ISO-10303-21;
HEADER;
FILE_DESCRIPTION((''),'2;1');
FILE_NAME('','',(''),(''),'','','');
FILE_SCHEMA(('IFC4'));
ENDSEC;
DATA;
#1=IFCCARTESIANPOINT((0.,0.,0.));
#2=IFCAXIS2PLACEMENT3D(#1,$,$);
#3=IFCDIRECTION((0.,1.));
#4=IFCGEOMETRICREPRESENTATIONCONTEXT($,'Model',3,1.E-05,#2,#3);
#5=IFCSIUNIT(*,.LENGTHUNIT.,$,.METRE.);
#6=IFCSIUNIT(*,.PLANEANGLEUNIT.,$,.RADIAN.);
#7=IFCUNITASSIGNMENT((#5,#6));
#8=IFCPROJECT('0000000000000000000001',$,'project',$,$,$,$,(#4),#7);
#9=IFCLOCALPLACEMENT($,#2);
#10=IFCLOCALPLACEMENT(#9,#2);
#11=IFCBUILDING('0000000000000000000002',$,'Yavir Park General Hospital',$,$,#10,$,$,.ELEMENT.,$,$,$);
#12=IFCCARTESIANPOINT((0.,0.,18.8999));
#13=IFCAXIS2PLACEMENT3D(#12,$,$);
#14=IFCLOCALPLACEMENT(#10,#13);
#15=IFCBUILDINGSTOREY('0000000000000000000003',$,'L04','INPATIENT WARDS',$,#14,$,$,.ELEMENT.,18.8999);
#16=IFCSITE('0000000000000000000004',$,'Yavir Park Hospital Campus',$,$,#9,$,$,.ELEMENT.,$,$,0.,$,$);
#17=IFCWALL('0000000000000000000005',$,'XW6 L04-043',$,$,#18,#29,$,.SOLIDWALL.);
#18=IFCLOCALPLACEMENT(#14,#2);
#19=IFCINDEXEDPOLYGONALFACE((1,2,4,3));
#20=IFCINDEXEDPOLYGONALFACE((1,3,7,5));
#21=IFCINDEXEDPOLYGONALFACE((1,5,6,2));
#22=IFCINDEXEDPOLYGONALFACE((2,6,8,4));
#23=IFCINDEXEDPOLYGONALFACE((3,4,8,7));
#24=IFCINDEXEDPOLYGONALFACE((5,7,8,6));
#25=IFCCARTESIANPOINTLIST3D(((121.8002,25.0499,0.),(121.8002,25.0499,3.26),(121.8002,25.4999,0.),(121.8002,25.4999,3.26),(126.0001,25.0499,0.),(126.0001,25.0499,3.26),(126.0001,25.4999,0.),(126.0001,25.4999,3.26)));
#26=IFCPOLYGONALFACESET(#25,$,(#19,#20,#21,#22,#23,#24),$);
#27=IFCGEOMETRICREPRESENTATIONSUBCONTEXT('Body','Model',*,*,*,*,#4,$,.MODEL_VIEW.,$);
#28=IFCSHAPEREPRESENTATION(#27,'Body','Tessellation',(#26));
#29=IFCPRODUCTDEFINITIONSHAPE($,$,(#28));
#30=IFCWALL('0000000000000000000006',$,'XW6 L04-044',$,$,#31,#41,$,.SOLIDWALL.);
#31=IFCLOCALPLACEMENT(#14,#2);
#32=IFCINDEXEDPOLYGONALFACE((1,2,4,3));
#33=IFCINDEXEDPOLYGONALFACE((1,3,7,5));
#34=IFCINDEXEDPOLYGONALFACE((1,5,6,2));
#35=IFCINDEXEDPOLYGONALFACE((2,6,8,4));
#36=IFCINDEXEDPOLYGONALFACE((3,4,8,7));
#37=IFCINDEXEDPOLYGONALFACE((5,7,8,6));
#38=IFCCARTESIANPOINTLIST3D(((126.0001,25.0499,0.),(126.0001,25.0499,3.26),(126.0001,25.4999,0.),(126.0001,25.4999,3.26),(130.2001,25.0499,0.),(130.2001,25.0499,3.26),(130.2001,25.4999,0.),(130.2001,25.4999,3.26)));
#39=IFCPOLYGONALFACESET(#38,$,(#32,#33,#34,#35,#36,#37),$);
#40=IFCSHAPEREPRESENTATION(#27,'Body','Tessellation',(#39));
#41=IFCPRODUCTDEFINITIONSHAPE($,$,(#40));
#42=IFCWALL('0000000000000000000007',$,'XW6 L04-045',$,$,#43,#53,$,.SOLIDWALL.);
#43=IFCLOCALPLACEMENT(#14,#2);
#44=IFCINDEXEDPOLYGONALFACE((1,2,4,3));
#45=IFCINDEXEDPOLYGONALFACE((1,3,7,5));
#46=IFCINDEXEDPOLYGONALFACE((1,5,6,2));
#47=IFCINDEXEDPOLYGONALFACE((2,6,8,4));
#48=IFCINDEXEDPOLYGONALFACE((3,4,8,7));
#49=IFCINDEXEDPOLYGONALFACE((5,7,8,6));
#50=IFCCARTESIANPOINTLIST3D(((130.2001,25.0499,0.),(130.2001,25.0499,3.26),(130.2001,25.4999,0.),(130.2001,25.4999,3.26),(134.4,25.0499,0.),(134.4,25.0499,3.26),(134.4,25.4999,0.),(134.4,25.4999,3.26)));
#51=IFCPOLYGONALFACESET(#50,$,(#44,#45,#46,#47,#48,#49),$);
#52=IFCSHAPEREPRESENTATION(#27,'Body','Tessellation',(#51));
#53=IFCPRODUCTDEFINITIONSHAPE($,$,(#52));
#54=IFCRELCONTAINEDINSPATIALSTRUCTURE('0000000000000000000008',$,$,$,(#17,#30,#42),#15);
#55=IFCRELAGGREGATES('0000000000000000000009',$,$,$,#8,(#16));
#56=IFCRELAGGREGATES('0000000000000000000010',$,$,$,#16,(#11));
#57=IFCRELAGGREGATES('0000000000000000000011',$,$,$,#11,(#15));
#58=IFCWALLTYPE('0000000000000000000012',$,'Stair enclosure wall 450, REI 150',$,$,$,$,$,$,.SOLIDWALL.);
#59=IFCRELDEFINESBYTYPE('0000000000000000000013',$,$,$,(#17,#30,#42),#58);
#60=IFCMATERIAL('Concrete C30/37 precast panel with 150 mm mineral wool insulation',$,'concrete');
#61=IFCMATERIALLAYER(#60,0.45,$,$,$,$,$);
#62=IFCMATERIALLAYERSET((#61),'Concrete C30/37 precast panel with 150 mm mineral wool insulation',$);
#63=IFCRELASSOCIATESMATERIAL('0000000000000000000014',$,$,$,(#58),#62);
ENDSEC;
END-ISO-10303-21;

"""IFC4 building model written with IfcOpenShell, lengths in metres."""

from ifc_helpers import new_model, si_unit, direction, frame, frame_2d, origin, place, context, subcontext, project, spatial, rectangle, extrude, material, layer, layer_set, type_object, element, save


model = new_model("IFC4")

# Units and contexts
model_context = context("Model", 3, precision=1e-05, world=origin(), true_north=direction((0.0, 1.0)))
body_context = subcontext(model_context, "Body", "Model", "MODEL_VIEW")
ifc_project = project(units=[si_unit("LENGTHUNIT", "METRE"), si_unit("PLANEANGLEUNIT", "RADIAN")], contexts=[model_context])

# Site, building, storey
site_placement = place(None, origin())
site = spatial("IfcSite", under=ifc_project, at=site_placement, Name="Yavir Park Hospital Campus", CompositionType="ELEMENT", RefElevation=0.0)
building_placement = place(site_placement, origin())
building = spatial("IfcBuilding", under=site, at=building_placement, Name="Yavir Park General Hospital", CompositionType="ELEMENT")
storey_placement = place(building_placement, frame((0.0, 0.0, 18.8999)))
storey = spatial("IfcBuildingStorey", under=building, at=storey_placement, Name="L04", Description="INPATIENT WARDS", CompositionType="ELEMENT", Elevation=18.8999)

# Walls
ifc_material_1 = material(Name="Concrete C30/37 precast panel with 150 mm mineral wool insulation", Category="concrete")
ifc_layer_1 = layer(ifc_material_1, 0.45)
ifc_layer_set_1 = layer_set([ifc_layer_1], Name="Concrete C30/37 precast panel with 150 mm mineral wool insulation")
wall_type_1 = type_object("IfcWallType", Name="Stair enclosure wall 450, REI 150", PredefinedType="SOLIDWALL", material=ifc_layer_set_1)
for number, where, z_axis, x_axis, name in (
    (1, (121.8, 25.2749, 0.0), (0.0, 0.0, 1.0), (1.0, 0.0, 0.0), "XW6 L04-043"),
    (2, (126.0, 25.2749, 0.0), (0.0, 0.0, 1.0), (1.0, 0.0, 0.0), "XW6 L04-044"),
    (3, (130.2, 25.2749, 0.0), (0.0, 0.0, 1.0), (1.0, 0.0, 0.0), "XW6 L04-045"),
):
    element("IfcWall", number, at=place(storey_placement, frame(where, z_axis=z_axis, x_axis=x_axis)), inside=storey, type_object=wall_type_1, Name=name, PredefinedType="SOLIDWALL", context=body_context, shape_type="SweptSolid", body=[
        extrude(rectangle(XDim=4.2, YDim=0.45, at=frame_2d((2.1001, 0.0))), origin(), (0.0, 0.0, 1.0), 3.26),
    ])

save(model, "model.ifc")
